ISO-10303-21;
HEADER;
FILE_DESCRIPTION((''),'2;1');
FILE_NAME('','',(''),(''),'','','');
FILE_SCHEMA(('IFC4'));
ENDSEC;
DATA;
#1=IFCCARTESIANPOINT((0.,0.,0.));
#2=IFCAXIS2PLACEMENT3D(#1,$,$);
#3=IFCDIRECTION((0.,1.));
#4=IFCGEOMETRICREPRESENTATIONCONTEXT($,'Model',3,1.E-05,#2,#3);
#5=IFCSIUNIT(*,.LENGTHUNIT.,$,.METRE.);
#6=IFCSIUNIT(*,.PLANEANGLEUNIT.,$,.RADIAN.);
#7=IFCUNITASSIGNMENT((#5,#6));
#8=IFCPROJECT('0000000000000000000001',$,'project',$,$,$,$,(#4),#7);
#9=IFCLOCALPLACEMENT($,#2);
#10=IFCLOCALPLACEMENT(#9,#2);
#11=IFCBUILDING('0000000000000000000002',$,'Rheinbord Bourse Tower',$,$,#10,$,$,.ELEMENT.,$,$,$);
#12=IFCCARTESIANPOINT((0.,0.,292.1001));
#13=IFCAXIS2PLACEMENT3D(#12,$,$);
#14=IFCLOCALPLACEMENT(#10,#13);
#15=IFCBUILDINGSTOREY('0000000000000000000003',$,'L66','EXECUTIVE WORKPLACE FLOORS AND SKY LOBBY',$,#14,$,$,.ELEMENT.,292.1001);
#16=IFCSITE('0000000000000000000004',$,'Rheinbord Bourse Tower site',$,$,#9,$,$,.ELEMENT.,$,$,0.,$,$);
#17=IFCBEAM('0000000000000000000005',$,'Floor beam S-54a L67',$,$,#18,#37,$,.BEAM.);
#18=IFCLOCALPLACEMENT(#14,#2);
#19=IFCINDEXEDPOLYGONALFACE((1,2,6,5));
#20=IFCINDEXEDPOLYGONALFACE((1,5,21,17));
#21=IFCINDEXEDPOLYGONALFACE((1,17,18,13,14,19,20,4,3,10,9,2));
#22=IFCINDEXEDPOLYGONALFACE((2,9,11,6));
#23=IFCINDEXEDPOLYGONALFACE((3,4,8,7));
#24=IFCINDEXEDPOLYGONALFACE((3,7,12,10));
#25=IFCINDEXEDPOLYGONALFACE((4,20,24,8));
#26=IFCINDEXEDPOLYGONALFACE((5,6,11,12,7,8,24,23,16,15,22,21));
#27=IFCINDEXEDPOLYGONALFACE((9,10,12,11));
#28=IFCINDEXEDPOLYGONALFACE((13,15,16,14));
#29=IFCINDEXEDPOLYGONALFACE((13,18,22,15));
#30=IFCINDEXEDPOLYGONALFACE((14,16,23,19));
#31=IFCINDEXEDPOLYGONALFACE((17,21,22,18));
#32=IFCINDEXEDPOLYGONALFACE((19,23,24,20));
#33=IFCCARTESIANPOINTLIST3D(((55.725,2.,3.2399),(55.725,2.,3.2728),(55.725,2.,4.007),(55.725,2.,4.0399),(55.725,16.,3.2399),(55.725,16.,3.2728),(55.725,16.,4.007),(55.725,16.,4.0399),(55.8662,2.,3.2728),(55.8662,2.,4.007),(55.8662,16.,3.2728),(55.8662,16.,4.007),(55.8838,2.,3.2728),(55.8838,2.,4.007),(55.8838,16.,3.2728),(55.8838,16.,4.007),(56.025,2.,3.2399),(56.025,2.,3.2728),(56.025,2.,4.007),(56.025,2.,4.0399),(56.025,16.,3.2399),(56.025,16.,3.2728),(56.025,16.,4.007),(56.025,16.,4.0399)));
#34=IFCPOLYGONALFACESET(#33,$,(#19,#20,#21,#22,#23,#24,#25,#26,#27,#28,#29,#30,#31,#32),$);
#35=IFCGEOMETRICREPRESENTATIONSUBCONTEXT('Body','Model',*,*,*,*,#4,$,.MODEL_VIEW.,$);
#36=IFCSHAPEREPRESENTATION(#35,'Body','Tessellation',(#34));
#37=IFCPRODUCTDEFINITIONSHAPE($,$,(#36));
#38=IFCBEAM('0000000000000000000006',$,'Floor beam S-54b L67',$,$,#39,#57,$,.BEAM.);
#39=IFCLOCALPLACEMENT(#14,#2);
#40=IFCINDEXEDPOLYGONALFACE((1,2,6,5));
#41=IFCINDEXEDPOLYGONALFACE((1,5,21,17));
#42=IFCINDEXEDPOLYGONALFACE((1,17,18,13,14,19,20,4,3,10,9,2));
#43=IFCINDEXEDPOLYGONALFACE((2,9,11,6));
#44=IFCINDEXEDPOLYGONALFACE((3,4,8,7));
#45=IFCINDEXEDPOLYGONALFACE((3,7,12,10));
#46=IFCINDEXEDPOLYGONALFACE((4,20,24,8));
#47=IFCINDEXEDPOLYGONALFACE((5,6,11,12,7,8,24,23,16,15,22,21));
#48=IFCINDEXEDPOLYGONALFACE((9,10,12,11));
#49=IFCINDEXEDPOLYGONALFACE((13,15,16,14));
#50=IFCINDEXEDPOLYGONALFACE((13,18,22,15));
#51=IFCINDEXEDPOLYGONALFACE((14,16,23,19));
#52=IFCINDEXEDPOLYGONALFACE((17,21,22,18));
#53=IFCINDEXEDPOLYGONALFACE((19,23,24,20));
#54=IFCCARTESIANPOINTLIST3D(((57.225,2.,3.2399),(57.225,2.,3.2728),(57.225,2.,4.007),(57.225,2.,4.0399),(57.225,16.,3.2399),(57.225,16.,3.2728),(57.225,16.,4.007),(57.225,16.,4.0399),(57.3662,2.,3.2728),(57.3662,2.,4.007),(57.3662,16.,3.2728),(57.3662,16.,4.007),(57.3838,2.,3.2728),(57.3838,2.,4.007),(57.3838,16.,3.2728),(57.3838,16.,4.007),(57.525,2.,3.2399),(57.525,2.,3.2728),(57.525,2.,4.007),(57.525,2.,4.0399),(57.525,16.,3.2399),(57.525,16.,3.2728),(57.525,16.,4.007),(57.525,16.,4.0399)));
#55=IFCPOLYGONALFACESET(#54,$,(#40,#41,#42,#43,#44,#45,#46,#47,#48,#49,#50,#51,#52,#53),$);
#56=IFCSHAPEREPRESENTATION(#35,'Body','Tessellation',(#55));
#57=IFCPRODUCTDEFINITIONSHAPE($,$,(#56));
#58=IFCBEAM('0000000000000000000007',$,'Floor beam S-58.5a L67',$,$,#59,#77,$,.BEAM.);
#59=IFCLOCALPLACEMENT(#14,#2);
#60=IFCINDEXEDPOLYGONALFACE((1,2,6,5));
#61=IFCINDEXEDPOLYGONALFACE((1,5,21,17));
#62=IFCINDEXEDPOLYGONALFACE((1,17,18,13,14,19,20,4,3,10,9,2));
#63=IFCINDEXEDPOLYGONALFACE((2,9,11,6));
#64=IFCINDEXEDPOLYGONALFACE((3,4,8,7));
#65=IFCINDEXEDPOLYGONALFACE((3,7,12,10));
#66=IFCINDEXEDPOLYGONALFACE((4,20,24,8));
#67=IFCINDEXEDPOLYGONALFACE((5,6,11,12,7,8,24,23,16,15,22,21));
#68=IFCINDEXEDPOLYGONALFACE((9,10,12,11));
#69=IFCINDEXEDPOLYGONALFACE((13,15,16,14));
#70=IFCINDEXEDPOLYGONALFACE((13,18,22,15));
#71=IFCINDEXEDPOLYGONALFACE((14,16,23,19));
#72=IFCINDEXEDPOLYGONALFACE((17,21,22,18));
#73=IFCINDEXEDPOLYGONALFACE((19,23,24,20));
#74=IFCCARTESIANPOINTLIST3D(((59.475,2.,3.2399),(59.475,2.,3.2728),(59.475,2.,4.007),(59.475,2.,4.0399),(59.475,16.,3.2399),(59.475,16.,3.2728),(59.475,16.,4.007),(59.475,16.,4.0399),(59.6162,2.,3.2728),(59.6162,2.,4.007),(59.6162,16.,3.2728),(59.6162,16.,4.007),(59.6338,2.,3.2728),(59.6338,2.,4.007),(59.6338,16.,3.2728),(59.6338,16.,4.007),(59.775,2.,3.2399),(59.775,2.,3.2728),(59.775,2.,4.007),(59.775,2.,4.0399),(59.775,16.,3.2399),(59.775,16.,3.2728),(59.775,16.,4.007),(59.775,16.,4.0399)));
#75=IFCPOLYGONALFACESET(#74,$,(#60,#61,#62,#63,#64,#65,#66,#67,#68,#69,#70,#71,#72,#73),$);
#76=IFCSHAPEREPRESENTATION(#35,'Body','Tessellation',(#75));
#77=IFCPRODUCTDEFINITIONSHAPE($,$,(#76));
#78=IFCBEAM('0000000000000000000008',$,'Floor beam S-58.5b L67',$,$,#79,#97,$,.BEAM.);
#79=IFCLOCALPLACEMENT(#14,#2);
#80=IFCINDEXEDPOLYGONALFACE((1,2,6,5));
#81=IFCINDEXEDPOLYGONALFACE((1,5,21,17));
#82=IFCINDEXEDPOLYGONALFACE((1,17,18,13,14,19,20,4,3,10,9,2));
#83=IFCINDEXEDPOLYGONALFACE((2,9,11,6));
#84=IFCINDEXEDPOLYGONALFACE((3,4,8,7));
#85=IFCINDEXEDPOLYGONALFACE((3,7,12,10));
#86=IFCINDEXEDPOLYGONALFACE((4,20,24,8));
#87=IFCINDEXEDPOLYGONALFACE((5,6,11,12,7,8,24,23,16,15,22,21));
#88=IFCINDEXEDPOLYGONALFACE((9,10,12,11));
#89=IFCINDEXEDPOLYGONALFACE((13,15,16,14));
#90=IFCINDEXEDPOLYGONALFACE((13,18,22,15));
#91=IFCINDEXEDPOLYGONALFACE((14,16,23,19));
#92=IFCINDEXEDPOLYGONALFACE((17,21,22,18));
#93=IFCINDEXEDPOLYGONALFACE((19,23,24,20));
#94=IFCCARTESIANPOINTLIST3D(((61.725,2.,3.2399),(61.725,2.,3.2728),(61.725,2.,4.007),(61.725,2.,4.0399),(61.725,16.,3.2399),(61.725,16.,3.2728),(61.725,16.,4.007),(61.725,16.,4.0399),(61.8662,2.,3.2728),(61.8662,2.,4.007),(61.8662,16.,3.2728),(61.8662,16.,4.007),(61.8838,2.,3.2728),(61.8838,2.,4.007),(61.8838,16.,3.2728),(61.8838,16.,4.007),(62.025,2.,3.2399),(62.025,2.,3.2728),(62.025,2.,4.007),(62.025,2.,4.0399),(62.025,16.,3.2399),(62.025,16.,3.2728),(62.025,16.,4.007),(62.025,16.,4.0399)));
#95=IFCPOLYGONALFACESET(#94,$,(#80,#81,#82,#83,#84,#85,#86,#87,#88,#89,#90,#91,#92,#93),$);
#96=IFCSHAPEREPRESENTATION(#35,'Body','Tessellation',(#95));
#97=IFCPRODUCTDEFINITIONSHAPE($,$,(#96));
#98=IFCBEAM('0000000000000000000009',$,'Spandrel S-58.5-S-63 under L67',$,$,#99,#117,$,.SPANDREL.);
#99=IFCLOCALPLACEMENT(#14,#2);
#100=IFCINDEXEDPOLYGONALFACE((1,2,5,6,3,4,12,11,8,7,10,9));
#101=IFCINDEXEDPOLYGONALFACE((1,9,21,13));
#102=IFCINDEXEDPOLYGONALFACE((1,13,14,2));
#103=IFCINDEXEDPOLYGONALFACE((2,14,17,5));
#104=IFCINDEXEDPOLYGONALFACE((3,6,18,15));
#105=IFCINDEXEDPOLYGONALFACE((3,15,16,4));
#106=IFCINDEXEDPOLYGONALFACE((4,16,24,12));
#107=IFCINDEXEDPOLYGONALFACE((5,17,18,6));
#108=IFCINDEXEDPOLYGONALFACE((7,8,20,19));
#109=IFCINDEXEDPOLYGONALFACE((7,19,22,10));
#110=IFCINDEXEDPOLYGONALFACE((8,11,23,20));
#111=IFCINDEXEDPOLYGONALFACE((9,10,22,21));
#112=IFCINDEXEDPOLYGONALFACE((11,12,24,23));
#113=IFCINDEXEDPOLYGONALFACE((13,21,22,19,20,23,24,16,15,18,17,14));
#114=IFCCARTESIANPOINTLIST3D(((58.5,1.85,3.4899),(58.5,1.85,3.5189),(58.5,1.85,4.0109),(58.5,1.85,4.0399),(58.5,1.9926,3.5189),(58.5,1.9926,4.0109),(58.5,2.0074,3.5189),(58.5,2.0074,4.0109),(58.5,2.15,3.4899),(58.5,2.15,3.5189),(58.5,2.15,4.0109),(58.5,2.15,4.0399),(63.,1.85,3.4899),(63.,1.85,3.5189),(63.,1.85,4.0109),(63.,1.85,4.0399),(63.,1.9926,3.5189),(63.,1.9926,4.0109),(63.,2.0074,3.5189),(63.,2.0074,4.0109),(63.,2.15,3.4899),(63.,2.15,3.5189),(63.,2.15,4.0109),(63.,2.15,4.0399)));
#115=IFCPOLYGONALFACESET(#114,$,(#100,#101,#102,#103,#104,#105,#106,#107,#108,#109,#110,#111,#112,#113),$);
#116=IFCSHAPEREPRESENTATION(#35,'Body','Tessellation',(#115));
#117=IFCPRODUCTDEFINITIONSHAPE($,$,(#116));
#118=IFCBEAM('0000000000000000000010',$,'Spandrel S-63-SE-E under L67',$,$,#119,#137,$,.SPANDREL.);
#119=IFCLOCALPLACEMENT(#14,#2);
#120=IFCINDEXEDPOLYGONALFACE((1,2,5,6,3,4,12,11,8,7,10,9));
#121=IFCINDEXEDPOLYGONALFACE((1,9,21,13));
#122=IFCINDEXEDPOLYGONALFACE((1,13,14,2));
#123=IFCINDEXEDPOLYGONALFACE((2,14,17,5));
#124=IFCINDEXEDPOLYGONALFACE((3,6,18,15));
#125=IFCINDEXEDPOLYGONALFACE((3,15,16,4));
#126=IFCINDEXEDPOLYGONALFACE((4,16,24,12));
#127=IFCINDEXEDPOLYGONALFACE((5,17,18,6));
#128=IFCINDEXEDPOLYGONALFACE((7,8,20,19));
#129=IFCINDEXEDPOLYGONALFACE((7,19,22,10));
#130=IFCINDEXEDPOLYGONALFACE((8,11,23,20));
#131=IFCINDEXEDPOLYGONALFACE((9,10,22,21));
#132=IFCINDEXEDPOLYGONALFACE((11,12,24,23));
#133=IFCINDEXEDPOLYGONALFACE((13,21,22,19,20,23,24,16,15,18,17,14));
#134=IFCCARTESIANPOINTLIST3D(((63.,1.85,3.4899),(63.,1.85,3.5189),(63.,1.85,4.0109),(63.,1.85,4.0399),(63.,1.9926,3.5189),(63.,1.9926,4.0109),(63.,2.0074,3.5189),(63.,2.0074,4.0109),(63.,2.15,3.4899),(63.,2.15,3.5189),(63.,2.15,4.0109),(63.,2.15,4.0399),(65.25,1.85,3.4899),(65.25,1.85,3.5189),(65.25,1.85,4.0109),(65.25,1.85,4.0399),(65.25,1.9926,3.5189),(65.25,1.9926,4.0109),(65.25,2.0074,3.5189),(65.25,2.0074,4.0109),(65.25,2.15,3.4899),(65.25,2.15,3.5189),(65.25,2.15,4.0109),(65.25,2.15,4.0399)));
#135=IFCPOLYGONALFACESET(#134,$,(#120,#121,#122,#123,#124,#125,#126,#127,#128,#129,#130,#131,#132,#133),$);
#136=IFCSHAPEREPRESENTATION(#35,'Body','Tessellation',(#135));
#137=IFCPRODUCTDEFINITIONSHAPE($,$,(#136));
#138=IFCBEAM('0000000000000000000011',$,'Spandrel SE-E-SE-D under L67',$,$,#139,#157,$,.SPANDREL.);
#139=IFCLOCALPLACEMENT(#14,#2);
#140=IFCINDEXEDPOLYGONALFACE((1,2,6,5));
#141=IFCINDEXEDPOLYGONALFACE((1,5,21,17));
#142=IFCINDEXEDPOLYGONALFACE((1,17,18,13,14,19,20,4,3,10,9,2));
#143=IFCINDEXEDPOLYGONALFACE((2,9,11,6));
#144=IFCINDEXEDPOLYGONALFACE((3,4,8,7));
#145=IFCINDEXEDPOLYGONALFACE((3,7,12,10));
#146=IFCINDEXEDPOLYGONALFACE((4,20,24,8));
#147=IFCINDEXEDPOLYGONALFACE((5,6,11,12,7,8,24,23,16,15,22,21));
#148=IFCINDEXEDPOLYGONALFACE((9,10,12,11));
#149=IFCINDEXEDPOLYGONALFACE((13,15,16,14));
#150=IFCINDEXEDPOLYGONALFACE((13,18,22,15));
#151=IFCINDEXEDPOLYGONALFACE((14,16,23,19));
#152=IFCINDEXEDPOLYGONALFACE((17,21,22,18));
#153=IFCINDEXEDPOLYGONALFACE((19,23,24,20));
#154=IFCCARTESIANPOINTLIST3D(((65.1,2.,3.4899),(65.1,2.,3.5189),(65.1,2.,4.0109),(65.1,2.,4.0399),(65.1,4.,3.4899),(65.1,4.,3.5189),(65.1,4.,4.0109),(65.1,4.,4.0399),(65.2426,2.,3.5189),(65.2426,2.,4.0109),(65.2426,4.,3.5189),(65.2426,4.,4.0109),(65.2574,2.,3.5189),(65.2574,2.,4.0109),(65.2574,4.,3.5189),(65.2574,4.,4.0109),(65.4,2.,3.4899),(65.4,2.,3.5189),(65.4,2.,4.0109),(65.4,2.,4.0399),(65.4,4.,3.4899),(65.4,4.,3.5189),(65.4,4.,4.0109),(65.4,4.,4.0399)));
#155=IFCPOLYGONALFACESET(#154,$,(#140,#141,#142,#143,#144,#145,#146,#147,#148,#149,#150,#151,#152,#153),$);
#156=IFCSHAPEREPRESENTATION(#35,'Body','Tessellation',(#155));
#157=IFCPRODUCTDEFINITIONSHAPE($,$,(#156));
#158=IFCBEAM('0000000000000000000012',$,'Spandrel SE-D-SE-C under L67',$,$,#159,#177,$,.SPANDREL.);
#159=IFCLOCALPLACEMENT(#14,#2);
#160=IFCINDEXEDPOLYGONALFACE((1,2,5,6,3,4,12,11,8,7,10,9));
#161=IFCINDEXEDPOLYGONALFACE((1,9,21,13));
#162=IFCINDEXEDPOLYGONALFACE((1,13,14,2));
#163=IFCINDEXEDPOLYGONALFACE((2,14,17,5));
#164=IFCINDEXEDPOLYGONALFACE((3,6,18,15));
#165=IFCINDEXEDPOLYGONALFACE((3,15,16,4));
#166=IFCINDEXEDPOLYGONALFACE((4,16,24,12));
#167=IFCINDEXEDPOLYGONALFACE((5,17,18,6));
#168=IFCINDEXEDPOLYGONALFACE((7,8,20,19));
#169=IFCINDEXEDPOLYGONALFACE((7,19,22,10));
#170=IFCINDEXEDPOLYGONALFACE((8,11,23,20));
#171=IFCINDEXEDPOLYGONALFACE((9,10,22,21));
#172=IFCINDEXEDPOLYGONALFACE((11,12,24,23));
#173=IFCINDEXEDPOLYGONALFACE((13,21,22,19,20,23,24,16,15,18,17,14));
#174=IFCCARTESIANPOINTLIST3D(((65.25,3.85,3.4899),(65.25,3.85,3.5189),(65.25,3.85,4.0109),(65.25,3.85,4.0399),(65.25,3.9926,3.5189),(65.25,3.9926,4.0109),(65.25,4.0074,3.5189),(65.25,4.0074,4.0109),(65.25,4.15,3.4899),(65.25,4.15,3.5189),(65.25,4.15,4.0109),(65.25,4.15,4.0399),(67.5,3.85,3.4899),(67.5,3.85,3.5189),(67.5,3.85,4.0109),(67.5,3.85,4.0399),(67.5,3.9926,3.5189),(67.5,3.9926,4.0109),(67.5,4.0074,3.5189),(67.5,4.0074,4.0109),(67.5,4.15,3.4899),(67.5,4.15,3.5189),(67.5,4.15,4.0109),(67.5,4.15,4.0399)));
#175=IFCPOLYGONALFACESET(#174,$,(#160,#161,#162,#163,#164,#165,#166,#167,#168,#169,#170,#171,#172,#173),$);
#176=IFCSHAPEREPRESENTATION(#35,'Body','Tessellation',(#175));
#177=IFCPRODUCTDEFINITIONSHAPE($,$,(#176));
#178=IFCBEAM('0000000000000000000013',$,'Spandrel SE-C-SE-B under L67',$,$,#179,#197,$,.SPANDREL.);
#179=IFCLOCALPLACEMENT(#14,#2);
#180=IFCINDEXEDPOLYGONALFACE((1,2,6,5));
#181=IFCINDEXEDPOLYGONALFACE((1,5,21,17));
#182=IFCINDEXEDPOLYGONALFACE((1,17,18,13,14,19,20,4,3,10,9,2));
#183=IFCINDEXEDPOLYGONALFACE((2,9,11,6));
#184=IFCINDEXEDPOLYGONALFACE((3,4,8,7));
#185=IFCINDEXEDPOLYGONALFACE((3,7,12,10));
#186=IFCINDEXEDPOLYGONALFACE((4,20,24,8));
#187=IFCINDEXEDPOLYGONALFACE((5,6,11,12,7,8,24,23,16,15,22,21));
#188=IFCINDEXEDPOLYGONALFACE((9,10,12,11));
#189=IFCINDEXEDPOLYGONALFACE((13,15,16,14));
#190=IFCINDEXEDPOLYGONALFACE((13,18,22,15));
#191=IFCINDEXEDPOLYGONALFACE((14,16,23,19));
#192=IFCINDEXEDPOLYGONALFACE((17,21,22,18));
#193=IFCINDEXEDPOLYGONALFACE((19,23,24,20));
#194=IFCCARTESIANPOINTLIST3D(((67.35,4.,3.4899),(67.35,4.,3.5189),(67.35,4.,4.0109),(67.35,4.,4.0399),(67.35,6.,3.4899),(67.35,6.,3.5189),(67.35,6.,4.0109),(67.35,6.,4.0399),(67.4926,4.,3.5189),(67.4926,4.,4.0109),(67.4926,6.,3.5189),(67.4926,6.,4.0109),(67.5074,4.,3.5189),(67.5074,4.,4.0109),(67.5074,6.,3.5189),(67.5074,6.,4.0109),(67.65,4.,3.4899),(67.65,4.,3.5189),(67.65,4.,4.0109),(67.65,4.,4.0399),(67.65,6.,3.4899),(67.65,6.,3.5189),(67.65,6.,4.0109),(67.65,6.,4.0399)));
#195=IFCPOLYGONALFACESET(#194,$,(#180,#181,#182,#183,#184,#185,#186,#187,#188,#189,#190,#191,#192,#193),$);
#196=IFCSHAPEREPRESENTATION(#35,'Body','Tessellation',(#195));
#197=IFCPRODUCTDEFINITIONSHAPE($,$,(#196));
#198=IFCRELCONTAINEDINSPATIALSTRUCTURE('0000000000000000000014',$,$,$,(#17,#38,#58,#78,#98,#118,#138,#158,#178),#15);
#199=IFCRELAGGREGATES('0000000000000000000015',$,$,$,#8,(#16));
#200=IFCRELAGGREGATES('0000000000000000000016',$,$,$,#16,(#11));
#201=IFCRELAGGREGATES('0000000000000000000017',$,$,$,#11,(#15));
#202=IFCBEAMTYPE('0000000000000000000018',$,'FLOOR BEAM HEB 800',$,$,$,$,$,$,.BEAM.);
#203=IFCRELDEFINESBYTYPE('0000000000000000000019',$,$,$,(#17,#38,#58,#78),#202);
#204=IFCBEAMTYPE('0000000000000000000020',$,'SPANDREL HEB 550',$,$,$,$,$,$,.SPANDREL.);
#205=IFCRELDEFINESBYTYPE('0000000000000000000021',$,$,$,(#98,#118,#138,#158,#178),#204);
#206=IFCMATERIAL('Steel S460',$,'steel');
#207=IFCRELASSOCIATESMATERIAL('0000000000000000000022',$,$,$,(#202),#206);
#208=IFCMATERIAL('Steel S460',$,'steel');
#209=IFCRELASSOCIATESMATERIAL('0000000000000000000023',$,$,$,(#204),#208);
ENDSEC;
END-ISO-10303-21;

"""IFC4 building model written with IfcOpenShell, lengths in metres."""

from ifc_helpers import new_model, si_unit, direction, frame, origin, origin_2d, place, context, subcontext, project, spatial, i_section, extrude, material, material_profile, profile_set, type_object, element, save


model = new_model("IFC4")

# Units and contexts
model_context = context("Model", 3, precision=1e-05, world=origin(), true_north=direction((0.0, 1.0)))
body_context = subcontext(model_context, "Body", "Model", "MODEL_VIEW")
ifc_project = project(units=[si_unit("LENGTHUNIT", "METRE"), si_unit("PLANEANGLEUNIT", "RADIAN")], contexts=[model_context])

# Site, building, storey
site_placement = place(None, origin())
site = spatial("IfcSite", under=ifc_project, at=site_placement, Name="Rheinbord Bourse Tower site", CompositionType="ELEMENT", RefElevation=0.0)
building_placement = place(site_placement, origin())
building = spatial("IfcBuilding", under=site, at=building_placement, Name="Rheinbord Bourse Tower", CompositionType="ELEMENT")
storey_placement = place(building_placement, frame((0.0, 0.0, 292.1001)))
storey = spatial("IfcBuildingStorey", under=building, at=storey_placement, Name="L66", Description="EXECUTIVE WORKPLACE FLOORS AND SKY LOBBY", CompositionType="ELEMENT", Elevation=292.1001)

# Beams
ifc_material_1 = material(Name="Steel S460", Category="steel")
ifc_material_profile_1 = material_profile(ifc_material_1, i_section(OverallWidth=0.3, OverallDepth=0.8, WebThickness=0.0176, FlangeThickness=0.033, at=origin_2d()), Name="HEB 800")
ifc_profile_set_1 = profile_set([ifc_material_profile_1], Name="Steel S460")
beam_type_1 = type_object("IfcBeamType", Name="FLOOR BEAM HEB 800", PredefinedType="BEAM", material=ifc_profile_set_1)
for number, where, z_axis, x_axis, name in (
    (1, (55.875, 2.0, 3.6399), (0.0, 1.0, 0.0), (-1.0, 0.0, 0.0), "Floor beam S-54a L67"),
    (2, (57.375, 2.0, 3.6399), (0.0, 1.0, 0.0), (-1.0, 0.0, 0.0), "Floor beam S-54b L67"),
    (3, (59.625, 2.0, 3.6399), (0.0, 1.0, 0.0), (-1.0, 0.0, 0.0), "Floor beam S-58.5a L67"),
    (4, (61.875, 2.0, 3.6399), (0.0, 1.0, 0.0), (-1.0, 0.0, 0.0), "Floor beam S-58.5b L67"),
):
    element("IfcBeam", number, at=place(storey_placement, frame(where, z_axis=z_axis, x_axis=x_axis)), inside=storey, type_object=beam_type_1, Name=name, PredefinedType="BEAM", context=body_context, shape_type="SweptSolid", body=[
        extrude(i_section(OverallWidth=0.3, OverallDepth=0.8, WebThickness=0.0176, FlangeThickness=0.033, at=origin_2d()), origin(), (0.0, 0.0, 1.0), 14.0),
    ])
ifc_material_2 = material(Name="Steel S460", Category="steel")
ifc_material_profile_2 = material_profile(ifc_material_2, i_section(OverallWidth=0.3, OverallDepth=0.55, WebThickness=0.0149, FlangeThickness=0.0291, at=origin_2d()), Name="HEB 550")
ifc_profile_set_2 = profile_set([ifc_material_profile_2], Name="Steel S460")
beam_type_2 = type_object("IfcBeamType", Name="SPANDREL HEB 550", PredefinedType="SPANDREL", material=ifc_profile_set_2)
beam_1_placement = place(storey_placement, frame((58.5, 2.0, 3.7649), z_axis=(1.0, 0.0, 0.0), x_axis=(0.0, 1.0, 0.0)))
element("IfcBeam", 5, at=beam_1_placement, inside=storey, type_object=beam_type_2, Name="Spandrel S-58.5-S-63 under L67", PredefinedType="SPANDREL", context=body_context, shape_type="SweptSolid", body=[
    extrude(i_section(OverallWidth=0.3, OverallDepth=0.55, WebThickness=0.0149, FlangeThickness=0.0291, at=origin_2d()), origin(), (0.0, 0.0, 1.0), 4.5),
])
beam_2_placement = place(storey_placement, frame((63.0, 2.0, 3.7649), z_axis=(1.0, 0.0, 0.0), x_axis=(0.0, 1.0, 0.0)))
element("IfcBeam", 6, at=beam_2_placement, inside=storey, type_object=beam_type_2, Name="Spandrel S-63-SE-E under L67", PredefinedType="SPANDREL", context=body_context, shape_type="SweptSolid", body=[
    extrude(i_section(OverallWidth=0.3, OverallDepth=0.55, WebThickness=0.0149, FlangeThickness=0.0291, at=origin_2d()), origin(), (0.0, 0.0, 1.0), 2.25),
])
beam_3_placement = place(storey_placement, frame((65.25, 2.0, 3.7649), z_axis=(0.0, 1.0, 0.0), x_axis=(-1.0, 0.0, 0.0)))
element("IfcBeam", 7, at=beam_3_placement, inside=storey, type_object=beam_type_2, Name="Spandrel SE-E-SE-D under L67", PredefinedType="SPANDREL", context=body_context, shape_type="SweptSolid", body=[
    extrude(i_section(OverallWidth=0.3, OverallDepth=0.55, WebThickness=0.0149, FlangeThickness=0.0291, at=origin_2d()), origin(), (0.0, 0.0, 1.0), 2.0),
])
beam_4_placement = place(storey_placement, frame((65.25, 4.0, 3.7649), z_axis=(1.0, 0.0, 0.0), x_axis=(0.0, 1.0, 0.0)))
element("IfcBeam", 8, at=beam_4_placement, inside=storey, type_object=beam_type_2, Name="Spandrel SE-D-SE-C under L67", PredefinedType="SPANDREL", context=body_context, shape_type="SweptSolid", body=[
    extrude(i_section(OverallWidth=0.3, OverallDepth=0.55, WebThickness=0.0149, FlangeThickness=0.0291, at=origin_2d()), origin(), (0.0, 0.0, 1.0), 2.25),
])
beam_5_placement = place(storey_placement, frame((67.5, 4.0, 3.7649), z_axis=(0.0, 1.0, 0.0), x_axis=(-1.0, 0.0, 0.0)))
element("IfcBeam", 9, at=beam_5_placement, inside=storey, type_object=beam_type_2, Name="Spandrel SE-C-SE-B under L67", PredefinedType="SPANDREL", context=body_context, shape_type="SweptSolid", body=[
    extrude(i_section(OverallWidth=0.3, OverallDepth=0.55, WebThickness=0.0149, FlangeThickness=0.0291, at=origin_2d()), origin(), (0.0, 0.0, 1.0), 2.0),
])

save(model, "model.ifc")
